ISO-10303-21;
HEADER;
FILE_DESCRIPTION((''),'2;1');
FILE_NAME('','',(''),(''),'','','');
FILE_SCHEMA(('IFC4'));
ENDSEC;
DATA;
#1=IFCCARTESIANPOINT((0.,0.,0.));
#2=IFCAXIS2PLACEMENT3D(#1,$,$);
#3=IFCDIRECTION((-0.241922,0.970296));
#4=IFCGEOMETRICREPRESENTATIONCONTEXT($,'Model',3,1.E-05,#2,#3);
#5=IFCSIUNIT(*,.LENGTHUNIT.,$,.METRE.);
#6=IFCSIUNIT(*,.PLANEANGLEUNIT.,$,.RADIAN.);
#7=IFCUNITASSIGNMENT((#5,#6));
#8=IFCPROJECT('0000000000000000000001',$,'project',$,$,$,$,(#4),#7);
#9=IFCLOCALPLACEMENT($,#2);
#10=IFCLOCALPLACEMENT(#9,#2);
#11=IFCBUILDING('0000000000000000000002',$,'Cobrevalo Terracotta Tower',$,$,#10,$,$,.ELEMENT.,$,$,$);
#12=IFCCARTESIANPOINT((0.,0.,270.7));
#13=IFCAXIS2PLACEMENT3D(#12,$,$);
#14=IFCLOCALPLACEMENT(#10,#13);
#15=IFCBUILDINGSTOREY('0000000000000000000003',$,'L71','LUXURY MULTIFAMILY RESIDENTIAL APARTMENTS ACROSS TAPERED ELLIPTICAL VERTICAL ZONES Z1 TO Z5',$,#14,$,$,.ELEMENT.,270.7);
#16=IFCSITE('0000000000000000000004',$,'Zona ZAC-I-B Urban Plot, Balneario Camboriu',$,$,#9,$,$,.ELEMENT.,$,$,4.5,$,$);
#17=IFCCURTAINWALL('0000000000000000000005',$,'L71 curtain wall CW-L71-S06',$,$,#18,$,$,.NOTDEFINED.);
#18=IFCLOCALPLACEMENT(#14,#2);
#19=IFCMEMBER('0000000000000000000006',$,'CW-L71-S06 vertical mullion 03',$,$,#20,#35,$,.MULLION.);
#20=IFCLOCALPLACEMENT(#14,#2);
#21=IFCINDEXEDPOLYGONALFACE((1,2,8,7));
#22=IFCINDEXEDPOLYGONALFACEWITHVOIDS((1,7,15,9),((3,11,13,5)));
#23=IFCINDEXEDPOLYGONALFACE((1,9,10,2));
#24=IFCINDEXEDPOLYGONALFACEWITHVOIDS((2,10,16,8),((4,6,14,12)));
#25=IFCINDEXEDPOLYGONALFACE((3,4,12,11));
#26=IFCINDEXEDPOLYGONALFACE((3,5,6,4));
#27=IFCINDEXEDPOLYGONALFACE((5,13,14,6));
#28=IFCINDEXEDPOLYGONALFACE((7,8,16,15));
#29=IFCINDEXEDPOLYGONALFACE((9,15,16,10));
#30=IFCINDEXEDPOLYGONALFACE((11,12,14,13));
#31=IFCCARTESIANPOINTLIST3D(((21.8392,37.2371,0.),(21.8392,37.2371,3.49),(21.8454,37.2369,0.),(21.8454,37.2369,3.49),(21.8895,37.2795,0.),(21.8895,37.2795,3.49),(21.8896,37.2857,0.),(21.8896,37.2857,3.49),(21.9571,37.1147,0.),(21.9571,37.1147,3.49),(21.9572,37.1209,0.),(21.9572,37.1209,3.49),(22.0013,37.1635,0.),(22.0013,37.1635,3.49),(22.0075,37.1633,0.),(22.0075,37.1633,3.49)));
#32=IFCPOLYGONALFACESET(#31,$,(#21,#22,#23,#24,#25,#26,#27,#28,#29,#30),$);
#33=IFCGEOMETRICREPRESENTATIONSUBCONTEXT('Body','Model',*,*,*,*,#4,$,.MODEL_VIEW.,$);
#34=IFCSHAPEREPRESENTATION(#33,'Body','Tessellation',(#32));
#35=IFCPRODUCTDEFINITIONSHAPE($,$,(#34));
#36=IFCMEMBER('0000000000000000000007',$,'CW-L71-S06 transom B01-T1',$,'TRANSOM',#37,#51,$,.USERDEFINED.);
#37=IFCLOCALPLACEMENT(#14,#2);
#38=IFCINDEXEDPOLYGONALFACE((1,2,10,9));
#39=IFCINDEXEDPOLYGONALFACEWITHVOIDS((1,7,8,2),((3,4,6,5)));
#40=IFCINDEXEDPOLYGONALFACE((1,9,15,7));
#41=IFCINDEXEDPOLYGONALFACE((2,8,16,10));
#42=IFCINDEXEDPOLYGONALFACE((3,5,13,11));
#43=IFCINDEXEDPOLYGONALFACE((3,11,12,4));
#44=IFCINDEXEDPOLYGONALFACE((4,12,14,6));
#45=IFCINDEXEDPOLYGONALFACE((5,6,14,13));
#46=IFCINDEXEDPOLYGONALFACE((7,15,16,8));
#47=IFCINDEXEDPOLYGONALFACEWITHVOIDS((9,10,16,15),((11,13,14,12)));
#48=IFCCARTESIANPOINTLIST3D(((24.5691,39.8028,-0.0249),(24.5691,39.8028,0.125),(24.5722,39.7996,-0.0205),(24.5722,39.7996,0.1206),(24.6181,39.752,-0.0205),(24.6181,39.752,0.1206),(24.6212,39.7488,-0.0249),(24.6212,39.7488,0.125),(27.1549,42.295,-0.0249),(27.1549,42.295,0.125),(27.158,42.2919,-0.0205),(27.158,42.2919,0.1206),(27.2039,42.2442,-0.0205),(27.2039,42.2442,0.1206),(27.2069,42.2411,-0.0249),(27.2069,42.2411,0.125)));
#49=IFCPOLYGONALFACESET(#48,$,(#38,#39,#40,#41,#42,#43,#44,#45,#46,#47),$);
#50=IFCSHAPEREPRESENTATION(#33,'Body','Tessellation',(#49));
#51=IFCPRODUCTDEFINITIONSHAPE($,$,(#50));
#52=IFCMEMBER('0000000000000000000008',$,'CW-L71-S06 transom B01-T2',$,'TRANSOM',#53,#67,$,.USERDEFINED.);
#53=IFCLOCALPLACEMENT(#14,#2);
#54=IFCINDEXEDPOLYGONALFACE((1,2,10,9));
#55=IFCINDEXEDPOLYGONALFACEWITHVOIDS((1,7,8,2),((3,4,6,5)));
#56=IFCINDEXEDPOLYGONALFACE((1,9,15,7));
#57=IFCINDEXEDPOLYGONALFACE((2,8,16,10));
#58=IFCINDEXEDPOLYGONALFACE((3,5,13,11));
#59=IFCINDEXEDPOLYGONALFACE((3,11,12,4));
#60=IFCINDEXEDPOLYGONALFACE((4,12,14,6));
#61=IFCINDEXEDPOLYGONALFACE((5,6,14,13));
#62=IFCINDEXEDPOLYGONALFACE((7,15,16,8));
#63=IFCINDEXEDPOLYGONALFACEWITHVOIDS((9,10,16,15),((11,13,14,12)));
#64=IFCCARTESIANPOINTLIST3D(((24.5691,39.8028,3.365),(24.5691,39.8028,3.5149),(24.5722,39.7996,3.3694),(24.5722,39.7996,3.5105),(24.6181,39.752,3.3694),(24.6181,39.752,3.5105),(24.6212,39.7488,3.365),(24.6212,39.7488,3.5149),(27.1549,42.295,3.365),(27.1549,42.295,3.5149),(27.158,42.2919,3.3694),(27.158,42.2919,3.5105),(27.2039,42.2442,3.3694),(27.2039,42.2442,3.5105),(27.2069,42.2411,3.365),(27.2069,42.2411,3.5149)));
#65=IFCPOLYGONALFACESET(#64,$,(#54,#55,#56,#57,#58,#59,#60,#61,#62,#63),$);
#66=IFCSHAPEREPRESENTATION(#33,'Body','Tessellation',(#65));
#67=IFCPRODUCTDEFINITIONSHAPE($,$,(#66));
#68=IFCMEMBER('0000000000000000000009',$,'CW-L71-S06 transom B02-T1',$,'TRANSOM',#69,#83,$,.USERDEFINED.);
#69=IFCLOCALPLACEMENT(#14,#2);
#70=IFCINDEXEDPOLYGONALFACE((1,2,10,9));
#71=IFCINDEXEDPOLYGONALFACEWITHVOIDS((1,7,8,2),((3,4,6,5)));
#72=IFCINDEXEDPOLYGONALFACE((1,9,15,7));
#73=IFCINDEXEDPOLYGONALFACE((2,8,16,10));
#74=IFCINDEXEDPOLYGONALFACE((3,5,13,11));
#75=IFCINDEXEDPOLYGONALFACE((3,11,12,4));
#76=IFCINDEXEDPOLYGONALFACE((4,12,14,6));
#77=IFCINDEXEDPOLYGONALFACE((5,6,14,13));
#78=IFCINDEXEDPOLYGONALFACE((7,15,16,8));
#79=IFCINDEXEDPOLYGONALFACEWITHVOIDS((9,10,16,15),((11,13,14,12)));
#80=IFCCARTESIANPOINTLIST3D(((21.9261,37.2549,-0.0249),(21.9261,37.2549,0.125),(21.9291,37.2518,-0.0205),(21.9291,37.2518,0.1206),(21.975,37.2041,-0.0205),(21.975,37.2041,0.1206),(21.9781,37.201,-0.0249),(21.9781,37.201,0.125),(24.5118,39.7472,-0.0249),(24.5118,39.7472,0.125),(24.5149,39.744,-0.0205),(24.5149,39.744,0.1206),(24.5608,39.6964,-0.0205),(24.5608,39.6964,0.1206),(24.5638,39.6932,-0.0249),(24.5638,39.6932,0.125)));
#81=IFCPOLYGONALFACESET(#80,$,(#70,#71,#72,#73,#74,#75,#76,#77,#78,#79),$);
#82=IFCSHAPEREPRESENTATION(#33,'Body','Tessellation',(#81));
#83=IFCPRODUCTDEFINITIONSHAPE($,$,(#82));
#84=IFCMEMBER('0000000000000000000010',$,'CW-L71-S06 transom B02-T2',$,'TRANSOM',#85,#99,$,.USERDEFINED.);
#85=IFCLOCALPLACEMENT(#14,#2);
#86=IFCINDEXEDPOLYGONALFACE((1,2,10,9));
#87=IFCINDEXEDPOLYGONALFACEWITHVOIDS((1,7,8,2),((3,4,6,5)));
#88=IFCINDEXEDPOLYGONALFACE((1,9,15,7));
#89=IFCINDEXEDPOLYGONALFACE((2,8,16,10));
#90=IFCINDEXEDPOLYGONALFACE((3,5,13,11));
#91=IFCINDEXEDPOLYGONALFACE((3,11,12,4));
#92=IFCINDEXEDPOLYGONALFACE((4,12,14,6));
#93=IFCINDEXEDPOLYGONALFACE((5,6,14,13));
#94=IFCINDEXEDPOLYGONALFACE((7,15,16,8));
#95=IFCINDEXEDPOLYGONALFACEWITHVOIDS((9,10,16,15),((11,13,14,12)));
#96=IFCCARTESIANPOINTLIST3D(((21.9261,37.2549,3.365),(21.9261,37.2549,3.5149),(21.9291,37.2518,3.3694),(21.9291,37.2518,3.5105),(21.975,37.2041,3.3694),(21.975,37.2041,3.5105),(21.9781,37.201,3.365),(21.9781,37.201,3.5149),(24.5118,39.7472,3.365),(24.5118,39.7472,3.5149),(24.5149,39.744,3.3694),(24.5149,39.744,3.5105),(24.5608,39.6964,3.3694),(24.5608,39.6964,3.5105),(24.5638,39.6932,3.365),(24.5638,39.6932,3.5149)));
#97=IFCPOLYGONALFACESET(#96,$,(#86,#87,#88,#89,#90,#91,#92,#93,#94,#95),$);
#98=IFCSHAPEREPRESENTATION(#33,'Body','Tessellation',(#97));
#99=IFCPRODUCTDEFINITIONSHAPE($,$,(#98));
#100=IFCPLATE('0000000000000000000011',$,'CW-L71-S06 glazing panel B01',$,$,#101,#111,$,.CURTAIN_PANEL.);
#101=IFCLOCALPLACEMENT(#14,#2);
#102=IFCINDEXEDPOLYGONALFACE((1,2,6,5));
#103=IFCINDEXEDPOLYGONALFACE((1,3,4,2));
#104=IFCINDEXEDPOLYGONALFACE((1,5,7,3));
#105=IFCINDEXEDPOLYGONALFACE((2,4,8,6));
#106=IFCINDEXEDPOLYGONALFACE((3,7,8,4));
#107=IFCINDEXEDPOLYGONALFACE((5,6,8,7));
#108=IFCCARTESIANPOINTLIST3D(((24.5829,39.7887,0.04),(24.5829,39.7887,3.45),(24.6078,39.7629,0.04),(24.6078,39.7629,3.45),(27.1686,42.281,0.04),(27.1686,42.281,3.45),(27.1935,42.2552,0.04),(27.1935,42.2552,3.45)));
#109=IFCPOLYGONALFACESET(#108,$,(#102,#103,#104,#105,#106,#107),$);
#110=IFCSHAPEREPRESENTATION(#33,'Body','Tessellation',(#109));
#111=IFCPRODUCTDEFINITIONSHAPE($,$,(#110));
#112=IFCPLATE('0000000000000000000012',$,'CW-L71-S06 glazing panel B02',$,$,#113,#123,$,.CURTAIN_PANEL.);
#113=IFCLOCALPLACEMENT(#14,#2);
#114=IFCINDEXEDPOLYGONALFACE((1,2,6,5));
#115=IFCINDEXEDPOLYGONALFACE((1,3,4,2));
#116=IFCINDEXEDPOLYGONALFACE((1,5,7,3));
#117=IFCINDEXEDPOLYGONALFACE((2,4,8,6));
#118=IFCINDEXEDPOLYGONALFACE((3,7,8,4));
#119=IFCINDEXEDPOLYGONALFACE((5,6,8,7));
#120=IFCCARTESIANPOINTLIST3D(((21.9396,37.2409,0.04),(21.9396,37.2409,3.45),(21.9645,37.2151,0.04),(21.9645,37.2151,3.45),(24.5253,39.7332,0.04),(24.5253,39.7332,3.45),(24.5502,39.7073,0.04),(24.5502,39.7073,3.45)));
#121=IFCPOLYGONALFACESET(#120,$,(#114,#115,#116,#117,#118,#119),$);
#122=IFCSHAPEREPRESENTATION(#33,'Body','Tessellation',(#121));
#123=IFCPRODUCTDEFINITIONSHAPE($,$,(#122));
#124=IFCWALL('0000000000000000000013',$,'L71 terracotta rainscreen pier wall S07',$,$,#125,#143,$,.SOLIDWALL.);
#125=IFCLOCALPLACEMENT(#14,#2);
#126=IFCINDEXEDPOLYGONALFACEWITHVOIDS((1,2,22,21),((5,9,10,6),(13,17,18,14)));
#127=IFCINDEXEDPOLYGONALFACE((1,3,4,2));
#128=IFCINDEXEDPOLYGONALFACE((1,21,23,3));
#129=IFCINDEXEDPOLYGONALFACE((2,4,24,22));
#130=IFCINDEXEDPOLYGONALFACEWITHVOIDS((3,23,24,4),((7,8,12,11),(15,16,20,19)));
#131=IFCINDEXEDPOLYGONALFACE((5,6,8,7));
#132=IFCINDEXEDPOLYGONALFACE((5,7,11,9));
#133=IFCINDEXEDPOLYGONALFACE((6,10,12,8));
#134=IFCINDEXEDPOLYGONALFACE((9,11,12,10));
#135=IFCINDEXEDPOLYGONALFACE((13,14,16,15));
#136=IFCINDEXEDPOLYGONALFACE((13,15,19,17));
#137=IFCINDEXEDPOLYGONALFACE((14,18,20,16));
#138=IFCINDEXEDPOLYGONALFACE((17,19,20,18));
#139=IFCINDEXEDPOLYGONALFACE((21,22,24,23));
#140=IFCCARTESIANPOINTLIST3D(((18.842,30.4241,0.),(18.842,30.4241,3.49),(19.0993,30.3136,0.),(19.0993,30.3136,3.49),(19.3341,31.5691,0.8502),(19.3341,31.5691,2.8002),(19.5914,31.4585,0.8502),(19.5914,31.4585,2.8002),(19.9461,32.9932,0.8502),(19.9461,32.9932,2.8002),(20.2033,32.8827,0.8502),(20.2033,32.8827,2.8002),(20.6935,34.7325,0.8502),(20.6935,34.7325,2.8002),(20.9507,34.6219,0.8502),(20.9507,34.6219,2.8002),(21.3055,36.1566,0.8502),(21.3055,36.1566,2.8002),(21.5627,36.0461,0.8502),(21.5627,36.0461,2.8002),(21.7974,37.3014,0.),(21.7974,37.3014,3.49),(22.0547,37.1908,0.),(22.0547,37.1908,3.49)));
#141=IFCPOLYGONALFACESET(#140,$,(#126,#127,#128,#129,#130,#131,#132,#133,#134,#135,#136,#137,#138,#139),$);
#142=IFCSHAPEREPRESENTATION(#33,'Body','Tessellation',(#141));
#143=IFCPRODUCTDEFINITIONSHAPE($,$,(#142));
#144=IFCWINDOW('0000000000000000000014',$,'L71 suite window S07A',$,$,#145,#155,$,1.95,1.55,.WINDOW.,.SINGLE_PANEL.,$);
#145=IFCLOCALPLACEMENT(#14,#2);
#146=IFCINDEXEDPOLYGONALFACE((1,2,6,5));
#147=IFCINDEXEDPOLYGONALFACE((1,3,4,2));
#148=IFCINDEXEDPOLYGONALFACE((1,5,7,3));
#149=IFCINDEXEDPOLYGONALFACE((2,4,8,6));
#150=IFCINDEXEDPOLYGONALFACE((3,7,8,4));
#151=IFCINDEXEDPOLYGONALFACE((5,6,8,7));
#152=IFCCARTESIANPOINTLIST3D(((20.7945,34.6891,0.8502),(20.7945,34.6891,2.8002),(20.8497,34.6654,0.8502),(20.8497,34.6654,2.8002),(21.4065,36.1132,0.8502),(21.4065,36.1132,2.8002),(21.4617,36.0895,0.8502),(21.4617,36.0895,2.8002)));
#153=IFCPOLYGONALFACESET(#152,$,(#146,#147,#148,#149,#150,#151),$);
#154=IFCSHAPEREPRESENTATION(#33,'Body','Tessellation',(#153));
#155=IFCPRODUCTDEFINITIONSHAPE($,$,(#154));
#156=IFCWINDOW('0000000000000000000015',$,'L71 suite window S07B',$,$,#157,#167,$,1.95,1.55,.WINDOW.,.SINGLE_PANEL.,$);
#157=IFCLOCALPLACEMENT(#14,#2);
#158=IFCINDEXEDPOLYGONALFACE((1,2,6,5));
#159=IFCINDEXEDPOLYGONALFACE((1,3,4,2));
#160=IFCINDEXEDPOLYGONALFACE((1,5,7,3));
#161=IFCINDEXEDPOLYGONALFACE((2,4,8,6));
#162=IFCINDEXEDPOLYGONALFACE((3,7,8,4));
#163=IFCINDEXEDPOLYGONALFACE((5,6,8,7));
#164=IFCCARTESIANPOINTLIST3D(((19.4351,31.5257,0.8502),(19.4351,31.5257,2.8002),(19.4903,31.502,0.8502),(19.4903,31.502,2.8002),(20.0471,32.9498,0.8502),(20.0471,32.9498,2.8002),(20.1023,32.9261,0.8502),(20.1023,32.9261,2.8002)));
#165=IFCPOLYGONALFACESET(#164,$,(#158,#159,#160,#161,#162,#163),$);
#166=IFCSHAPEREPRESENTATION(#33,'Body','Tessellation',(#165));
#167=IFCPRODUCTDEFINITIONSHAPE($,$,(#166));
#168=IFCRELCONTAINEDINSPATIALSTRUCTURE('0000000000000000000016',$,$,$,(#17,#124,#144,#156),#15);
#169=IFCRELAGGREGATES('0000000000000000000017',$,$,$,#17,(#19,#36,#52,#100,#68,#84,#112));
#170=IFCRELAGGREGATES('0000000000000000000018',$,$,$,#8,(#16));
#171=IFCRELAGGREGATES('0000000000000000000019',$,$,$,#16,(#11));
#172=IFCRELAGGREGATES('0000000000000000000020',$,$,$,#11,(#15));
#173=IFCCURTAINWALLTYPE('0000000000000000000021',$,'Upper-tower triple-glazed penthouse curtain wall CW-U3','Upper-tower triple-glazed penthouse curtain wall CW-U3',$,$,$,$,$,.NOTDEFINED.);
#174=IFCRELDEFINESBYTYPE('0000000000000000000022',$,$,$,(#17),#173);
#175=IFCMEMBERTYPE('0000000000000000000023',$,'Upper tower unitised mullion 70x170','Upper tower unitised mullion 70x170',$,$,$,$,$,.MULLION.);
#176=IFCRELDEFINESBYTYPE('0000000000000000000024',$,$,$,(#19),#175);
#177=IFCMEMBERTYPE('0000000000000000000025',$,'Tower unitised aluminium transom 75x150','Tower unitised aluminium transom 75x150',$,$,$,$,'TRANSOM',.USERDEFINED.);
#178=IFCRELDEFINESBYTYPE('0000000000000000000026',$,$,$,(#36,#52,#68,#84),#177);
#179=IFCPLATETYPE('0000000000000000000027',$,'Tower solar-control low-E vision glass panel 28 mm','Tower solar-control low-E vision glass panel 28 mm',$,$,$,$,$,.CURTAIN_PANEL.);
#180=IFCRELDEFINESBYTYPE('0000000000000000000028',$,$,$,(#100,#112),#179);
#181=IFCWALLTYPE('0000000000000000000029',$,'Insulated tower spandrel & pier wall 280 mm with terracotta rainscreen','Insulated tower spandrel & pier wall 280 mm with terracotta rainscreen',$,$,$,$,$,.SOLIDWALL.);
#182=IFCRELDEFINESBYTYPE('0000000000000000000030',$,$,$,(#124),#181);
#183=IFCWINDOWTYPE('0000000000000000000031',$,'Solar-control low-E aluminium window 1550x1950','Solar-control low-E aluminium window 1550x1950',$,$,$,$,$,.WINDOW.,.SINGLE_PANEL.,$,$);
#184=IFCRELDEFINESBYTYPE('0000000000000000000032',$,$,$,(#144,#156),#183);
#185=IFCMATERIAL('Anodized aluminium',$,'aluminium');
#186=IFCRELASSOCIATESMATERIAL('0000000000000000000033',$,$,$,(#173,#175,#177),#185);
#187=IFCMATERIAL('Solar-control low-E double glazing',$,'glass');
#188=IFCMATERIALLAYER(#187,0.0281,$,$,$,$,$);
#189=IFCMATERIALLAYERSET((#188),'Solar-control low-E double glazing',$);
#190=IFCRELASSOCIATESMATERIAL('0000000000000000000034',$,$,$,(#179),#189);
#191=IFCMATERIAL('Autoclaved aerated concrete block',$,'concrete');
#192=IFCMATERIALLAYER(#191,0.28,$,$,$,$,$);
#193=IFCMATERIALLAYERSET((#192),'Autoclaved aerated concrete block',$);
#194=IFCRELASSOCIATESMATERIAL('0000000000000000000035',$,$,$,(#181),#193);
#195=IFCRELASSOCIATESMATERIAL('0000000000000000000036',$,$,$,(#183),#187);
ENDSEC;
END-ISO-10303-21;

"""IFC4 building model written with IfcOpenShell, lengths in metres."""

from ifc_helpers import new_model, si_unit, direction, frame, frame_2d, origin, origin_2d, place, context, subcontext, project, spatial, rectangle, hollow_rectangle, extrude, source, transform, mapped, material, layer, layer_set, material_profile, profile_set, type_object, element, fill, aggregate, save


model = new_model("IFC4")

# Units and contexts
model_context = context("Model", 3, precision=1e-05, world=origin(), true_north=direction((-0.241922, 0.970296)))
body_context = subcontext(model_context, "Body", "Model", "MODEL_VIEW")
ifc_project = project(units=[si_unit("LENGTHUNIT", "METRE"), si_unit("PLANEANGLEUNIT", "RADIAN")], contexts=[model_context])

# Site, building, storey
site_placement = place(None, origin())
site = spatial("IfcSite", under=ifc_project, at=site_placement, Name="Zona ZAC-I-B Urban Plot, Balneario Camboriu", CompositionType="ELEMENT", RefElevation=4.5)
building_placement = place(site_placement, origin())
building = spatial("IfcBuilding", under=site, at=building_placement, Name="Cobrevalo Terracotta Tower", CompositionType="ELEMENT")
storey_placement = place(building_placement, frame((0.0, 0.0, 270.7)))
storey = spatial("IfcBuildingStorey", under=building, at=storey_placement, Name="L71", Description="LUXURY MULTIFAMILY RESIDENTIAL APARTMENTS ACROSS TAPERED ELLIPTICAL VERTICAL ZONES Z1 TO Z5", CompositionType="ELEMENT", Elevation=270.7)

# Curtain wall, members, plates
ifc_material_1 = material(Name="Anodized aluminium", Category="aluminium")
curtain_wall_type = type_object("IfcCurtainWallType", Name="Upper-tower triple-glazed penthouse curtain wall CW-U3", Description="Upper-tower triple-glazed penthouse curtain wall CW-U3", PredefinedType="NOTDEFINED", material=ifc_material_1)
curtain_wall_placement = place(storey_placement, origin())
curtain_wall = element("IfcCurtainWall", 1, at=curtain_wall_placement, inside=storey, type_object=curtain_wall_type, Name="L71 curtain wall CW-L71-S06", PredefinedType="NOTDEFINED")
ifc_material_profile_1 = material_profile(ifc_material_1, hollow_rectangle(XDim=0.0701, YDim=0.1699, WallThickness=0.0044, at=origin_2d()), Name="CWM 70x170")
ifc_profile_set_1 = profile_set([ifc_material_profile_1], Name="Anodized aluminium")
member_type_1 = type_object("IfcMemberType", Name="Upper tower unitised mullion 70x170", Description="Upper tower unitised mullion 70x170", PredefinedType="MULLION", material=ifc_profile_set_1)
shared_shape_1 = source(origin(), body_context, "Body", "SweptSolid", [
    extrude(hollow_rectangle(XDim=0.0701, YDim=0.1699, WallThickness=0.0044, at=origin_2d()), origin(), (0.0, 0.0, 1.0), 3.49),
])
member_1_placement = place(storey_placement, frame((21.9233, 37.2002, 0.0), z_axis=(0.0, 0.0, 1.0), x_axis=(-0.719994, -0.69398, 0.0)))
member_1 = element("IfcMember", 2, at=member_1_placement, type_object=member_type_1, Name="CW-L71-S06 vertical mullion 03", PredefinedType="MULLION", context=body_context, shape_type="MappedRepresentation", body=[
    mapped(shared_shape_1, transform((0.0, 0.0, 0.0), scale=1.0)),
])
ifc_material_profile_2 = material_profile(ifc_material_1, hollow_rectangle(XDim=0.075, YDim=0.1499, WallThickness=0.0044, at=origin_2d()), Name="CWT 75x150")
ifc_profile_set_2 = profile_set([ifc_material_profile_2], Name="Anodized aluminium")
member_type_2 = type_object("IfcMemberType", Name="Tower unitised aluminium transom 75x150", Description="Tower unitised aluminium transom 75x150", ElementType="TRANSOM", PredefinedType="USERDEFINED", material=ifc_profile_set_2)
shared_shape_2 = source(origin(), body_context, "Body", "SweptSolid", [
    extrude(hollow_rectangle(XDim=0.075, YDim=0.1499, WallThickness=0.0044, at=origin_2d()), origin(), (0.0, 0.0, 1.0), 3.5913),
])
member_2_placement = place(storey_placement, frame((27.1809, 42.2681, 0.05), z_axis=(-0.720006, -0.693968, 0.0), x_axis=(0.693968, -0.720006, 0.0)))
member_2 = element("IfcMember", 3, at=member_2_placement, type_object=member_type_2, Name="CW-L71-S06 transom B01-T1", ObjectType="TRANSOM", PredefinedType="USERDEFINED", context=body_context, shape_type="MappedRepresentation", body=[
    mapped(shared_shape_2, transform((0.0, 0.0, 0.0), scale=1.0)),
])
member_3_placement = place(storey_placement, frame((27.1809, 42.2681, 3.4399), z_axis=(-0.720006, -0.693968, 0.0), x_axis=(0.693968, -0.720006, 0.0)))
member_3 = element("IfcMember", 4, at=member_3_placement, type_object=member_type_2, Name="CW-L71-S06 transom B01-T2", ObjectType="TRANSOM", PredefinedType="USERDEFINED", context=body_context, shape_type="MappedRepresentation", body=[
    mapped(shared_shape_2, transform((0.0, 0.0, 0.0), scale=1.0)),
])
member_4_placement = place(storey_placement, frame((24.5378, 39.7202, 0.05), z_axis=(-0.720006, -0.693968, 0.0), x_axis=(0.693968, -0.720006, 0.0)))
member_4 = element("IfcMember", 5, at=member_4_placement, type_object=member_type_2, Name="CW-L71-S06 transom B02-T1", ObjectType="TRANSOM", PredefinedType="USERDEFINED", context=body_context, shape_type="MappedRepresentation", body=[
    mapped(shared_shape_2, transform((0.0, 0.0, 0.0), scale=1.0)),
])
member_5_placement = place(storey_placement, frame((24.5378, 39.7202, 3.4399), z_axis=(-0.720006, -0.693968, 0.0), x_axis=(0.693968, -0.720006, 0.0)))
member_5 = element("IfcMember", 6, at=member_5_placement, type_object=member_type_2, Name="CW-L71-S06 transom B02-T2", ObjectType="TRANSOM", PredefinedType="USERDEFINED", context=body_context, shape_type="MappedRepresentation", body=[
    mapped(shared_shape_2, transform((0.0, 0.0, 0.0), scale=1.0)),
])
ifc_material_2 = material(Name="Solar-control low-E double glazing", Category="glass")
ifc_layer_1 = layer(ifc_material_2, 0.0281)
ifc_layer_set_1 = layer_set([ifc_layer_1], Name="Solar-control low-E double glazing")
plate_type = type_object("IfcPlateType", Name="Tower solar-control low-E vision glass panel 28 mm", Description="Tower solar-control low-E vision glass panel 28 mm", PredefinedType="CURTAIN_PANEL", material=ifc_layer_set_1)
shared_shape_3 = source(origin(), body_context, "Body", "SweptSolid", [
    extrude(rectangle(XDim=3.5913, YDim=0.0359, at=origin_2d()), origin(), (0.0, 0.0, 1.0), 3.4099),
])
plate_1_placement = place(storey_placement, frame((25.8882, 41.022, 0.04), z_axis=(0.0, 0.0, 1.0), x_axis=(-0.719997, -0.693978, 0.0)))
plate_1 = element("IfcPlate", 7, at=plate_1_placement, type_object=plate_type, Name="CW-L71-S06 glazing panel B01", PredefinedType="CURTAIN_PANEL", context=body_context, shape_type="MappedRepresentation", body=[
    mapped(shared_shape_3, transform((0.0, 0.0, 0.0), scale=1.0)),
])
plate_2_placement = place(storey_placement, frame((23.2449, 38.4741, 0.04), z_axis=(0.0, 0.0, 1.0), x_axis=(-0.719997, -0.693978, 0.0)))
plate_2 = element("IfcPlate", 8, at=plate_2_placement, type_object=plate_type, Name="CW-L71-S06 glazing panel B02", PredefinedType="CURTAIN_PANEL", context=body_context, shape_type="MappedRepresentation", body=[
    mapped(shared_shape_3, transform((0.0, 0.0, 0.0), scale=1.0)),
])
aggregate(curtain_wall, [member_1, member_2, member_3, plate_1, member_4, member_5, plate_2])

# Wall, openings, windows
ifc_material_3 = material(Name="Autoclaved aerated concrete block", Category="concrete")
ifc_layer_2 = layer(ifc_material_3, 0.28)
ifc_layer_set_2 = layer_set([ifc_layer_2], Name="Autoclaved aerated concrete block")
wall_type_1 = type_object("IfcWallType", Name="Insulated tower spandrel & pier wall 280 mm with terracotta rainscreen", Description="Insulated tower spandrel & pier wall 280 mm with terracotta rainscreen", PredefinedType="SOLIDWALL", material=ifc_layer_set_2)
wall_1_placement = place(storey_placement, frame((21.926, 37.2461, 0.0), z_axis=(0.0, 0.0, 1.0), x_axis=(-0.394817, -0.91876, 0.0)))
wall_1 = element("IfcWall", 9, at=wall_1_placement, inside=storey, type_object=wall_type_1, Name="L71 terracotta rainscreen pier wall S07", PredefinedType="SOLIDWALL", context=body_context, shape_type="SweptSolid", body=[
    extrude(rectangle(XDim=7.4854, YDim=0.28, at=frame_2d((3.7427, 0.0))), origin(), (0.0, 0.0, 1.0), 3.49),
])
opening_1_placement = place(wall_1_placement, frame((1.2461, 0.0, 0.8501)))
opening_1 = element("IfcOpeningElement", 10, at=opening_1_placement, cuts=wall_1, PredefinedType="OPENING", context=body_context, shape_type="SweptSolid", body=[
    extrude(rectangle(XDim=1.55, YDim=1.95, at=frame_2d((0.7749, 0.9751))), frame((0.0, 0.1499, 0.0), z_axis=(0.0, -1.0, 0.0), x_axis=(1.0, 0.0, 0.0)), (0.0, 0.0, 1.0), 0.3),
])
opening_2_placement = place(wall_1_placement, frame((4.6892, 0.0, 0.8501)))
opening_2 = element("IfcOpeningElement", 11, at=opening_2_placement, cuts=wall_1, PredefinedType="OPENING", context=body_context, shape_type="SweptSolid", body=[
    extrude(rectangle(XDim=1.55, YDim=1.95, at=frame_2d((0.7749, 0.9751))), frame((0.0, 0.1499, 0.0), z_axis=(0.0, -1.0, 0.0), x_axis=(1.0, 0.0, 0.0)), (0.0, 0.0, 1.0), 0.3),
])
window_type = type_object("IfcWindowType", Name="Solar-control low-E aluminium window 1550x1950", Description="Solar-control low-E aluminium window 1550x1950", PartitioningType="SINGLE_PANEL", PredefinedType="WINDOW", material=ifc_material_2)
shared_shape_4 = source(origin(), body_context, "Body", "SweptSolid", [
    extrude(rectangle(XDim=1.55, YDim=1.95, at=frame_2d((0.7749, 0.9751))), frame((0.0, 0.03, 0.0), z_axis=(0.0, -1.0, 0.0), x_axis=(1.0, 0.0, 0.0)), (0.0, 0.0, 1.0), 0.0601),
])
window_1_placement = place(opening_1_placement, origin())
window_1 = element("IfcWindow", 12, at=window_1_placement, inside=storey, type_object=window_type, Name="L71 suite window S07A", OverallHeight=1.95, OverallWidth=1.55, PartitioningType="SINGLE_PANEL", PredefinedType="WINDOW", context=body_context, shape_type="MappedRepresentation", body=[
    mapped(shared_shape_4, transform((0.0, 0.0, 0.0), scale=1.0)),
])
fill(opening_1, window_1)
window_2_placement = place(opening_2_placement, origin())
window_2 = element("IfcWindow", 13, at=window_2_placement, inside=storey, type_object=window_type, Name="L71 suite window S07B", OverallHeight=1.95, OverallWidth=1.55, PartitioningType="SINGLE_PANEL", PredefinedType="WINDOW", context=body_context, shape_type="MappedRepresentation", body=[
    mapped(shared_shape_4, transform((0.0, 0.0, 0.0), scale=1.0)),
])
fill(opening_2, window_2)

save(model, "model.ifc")
